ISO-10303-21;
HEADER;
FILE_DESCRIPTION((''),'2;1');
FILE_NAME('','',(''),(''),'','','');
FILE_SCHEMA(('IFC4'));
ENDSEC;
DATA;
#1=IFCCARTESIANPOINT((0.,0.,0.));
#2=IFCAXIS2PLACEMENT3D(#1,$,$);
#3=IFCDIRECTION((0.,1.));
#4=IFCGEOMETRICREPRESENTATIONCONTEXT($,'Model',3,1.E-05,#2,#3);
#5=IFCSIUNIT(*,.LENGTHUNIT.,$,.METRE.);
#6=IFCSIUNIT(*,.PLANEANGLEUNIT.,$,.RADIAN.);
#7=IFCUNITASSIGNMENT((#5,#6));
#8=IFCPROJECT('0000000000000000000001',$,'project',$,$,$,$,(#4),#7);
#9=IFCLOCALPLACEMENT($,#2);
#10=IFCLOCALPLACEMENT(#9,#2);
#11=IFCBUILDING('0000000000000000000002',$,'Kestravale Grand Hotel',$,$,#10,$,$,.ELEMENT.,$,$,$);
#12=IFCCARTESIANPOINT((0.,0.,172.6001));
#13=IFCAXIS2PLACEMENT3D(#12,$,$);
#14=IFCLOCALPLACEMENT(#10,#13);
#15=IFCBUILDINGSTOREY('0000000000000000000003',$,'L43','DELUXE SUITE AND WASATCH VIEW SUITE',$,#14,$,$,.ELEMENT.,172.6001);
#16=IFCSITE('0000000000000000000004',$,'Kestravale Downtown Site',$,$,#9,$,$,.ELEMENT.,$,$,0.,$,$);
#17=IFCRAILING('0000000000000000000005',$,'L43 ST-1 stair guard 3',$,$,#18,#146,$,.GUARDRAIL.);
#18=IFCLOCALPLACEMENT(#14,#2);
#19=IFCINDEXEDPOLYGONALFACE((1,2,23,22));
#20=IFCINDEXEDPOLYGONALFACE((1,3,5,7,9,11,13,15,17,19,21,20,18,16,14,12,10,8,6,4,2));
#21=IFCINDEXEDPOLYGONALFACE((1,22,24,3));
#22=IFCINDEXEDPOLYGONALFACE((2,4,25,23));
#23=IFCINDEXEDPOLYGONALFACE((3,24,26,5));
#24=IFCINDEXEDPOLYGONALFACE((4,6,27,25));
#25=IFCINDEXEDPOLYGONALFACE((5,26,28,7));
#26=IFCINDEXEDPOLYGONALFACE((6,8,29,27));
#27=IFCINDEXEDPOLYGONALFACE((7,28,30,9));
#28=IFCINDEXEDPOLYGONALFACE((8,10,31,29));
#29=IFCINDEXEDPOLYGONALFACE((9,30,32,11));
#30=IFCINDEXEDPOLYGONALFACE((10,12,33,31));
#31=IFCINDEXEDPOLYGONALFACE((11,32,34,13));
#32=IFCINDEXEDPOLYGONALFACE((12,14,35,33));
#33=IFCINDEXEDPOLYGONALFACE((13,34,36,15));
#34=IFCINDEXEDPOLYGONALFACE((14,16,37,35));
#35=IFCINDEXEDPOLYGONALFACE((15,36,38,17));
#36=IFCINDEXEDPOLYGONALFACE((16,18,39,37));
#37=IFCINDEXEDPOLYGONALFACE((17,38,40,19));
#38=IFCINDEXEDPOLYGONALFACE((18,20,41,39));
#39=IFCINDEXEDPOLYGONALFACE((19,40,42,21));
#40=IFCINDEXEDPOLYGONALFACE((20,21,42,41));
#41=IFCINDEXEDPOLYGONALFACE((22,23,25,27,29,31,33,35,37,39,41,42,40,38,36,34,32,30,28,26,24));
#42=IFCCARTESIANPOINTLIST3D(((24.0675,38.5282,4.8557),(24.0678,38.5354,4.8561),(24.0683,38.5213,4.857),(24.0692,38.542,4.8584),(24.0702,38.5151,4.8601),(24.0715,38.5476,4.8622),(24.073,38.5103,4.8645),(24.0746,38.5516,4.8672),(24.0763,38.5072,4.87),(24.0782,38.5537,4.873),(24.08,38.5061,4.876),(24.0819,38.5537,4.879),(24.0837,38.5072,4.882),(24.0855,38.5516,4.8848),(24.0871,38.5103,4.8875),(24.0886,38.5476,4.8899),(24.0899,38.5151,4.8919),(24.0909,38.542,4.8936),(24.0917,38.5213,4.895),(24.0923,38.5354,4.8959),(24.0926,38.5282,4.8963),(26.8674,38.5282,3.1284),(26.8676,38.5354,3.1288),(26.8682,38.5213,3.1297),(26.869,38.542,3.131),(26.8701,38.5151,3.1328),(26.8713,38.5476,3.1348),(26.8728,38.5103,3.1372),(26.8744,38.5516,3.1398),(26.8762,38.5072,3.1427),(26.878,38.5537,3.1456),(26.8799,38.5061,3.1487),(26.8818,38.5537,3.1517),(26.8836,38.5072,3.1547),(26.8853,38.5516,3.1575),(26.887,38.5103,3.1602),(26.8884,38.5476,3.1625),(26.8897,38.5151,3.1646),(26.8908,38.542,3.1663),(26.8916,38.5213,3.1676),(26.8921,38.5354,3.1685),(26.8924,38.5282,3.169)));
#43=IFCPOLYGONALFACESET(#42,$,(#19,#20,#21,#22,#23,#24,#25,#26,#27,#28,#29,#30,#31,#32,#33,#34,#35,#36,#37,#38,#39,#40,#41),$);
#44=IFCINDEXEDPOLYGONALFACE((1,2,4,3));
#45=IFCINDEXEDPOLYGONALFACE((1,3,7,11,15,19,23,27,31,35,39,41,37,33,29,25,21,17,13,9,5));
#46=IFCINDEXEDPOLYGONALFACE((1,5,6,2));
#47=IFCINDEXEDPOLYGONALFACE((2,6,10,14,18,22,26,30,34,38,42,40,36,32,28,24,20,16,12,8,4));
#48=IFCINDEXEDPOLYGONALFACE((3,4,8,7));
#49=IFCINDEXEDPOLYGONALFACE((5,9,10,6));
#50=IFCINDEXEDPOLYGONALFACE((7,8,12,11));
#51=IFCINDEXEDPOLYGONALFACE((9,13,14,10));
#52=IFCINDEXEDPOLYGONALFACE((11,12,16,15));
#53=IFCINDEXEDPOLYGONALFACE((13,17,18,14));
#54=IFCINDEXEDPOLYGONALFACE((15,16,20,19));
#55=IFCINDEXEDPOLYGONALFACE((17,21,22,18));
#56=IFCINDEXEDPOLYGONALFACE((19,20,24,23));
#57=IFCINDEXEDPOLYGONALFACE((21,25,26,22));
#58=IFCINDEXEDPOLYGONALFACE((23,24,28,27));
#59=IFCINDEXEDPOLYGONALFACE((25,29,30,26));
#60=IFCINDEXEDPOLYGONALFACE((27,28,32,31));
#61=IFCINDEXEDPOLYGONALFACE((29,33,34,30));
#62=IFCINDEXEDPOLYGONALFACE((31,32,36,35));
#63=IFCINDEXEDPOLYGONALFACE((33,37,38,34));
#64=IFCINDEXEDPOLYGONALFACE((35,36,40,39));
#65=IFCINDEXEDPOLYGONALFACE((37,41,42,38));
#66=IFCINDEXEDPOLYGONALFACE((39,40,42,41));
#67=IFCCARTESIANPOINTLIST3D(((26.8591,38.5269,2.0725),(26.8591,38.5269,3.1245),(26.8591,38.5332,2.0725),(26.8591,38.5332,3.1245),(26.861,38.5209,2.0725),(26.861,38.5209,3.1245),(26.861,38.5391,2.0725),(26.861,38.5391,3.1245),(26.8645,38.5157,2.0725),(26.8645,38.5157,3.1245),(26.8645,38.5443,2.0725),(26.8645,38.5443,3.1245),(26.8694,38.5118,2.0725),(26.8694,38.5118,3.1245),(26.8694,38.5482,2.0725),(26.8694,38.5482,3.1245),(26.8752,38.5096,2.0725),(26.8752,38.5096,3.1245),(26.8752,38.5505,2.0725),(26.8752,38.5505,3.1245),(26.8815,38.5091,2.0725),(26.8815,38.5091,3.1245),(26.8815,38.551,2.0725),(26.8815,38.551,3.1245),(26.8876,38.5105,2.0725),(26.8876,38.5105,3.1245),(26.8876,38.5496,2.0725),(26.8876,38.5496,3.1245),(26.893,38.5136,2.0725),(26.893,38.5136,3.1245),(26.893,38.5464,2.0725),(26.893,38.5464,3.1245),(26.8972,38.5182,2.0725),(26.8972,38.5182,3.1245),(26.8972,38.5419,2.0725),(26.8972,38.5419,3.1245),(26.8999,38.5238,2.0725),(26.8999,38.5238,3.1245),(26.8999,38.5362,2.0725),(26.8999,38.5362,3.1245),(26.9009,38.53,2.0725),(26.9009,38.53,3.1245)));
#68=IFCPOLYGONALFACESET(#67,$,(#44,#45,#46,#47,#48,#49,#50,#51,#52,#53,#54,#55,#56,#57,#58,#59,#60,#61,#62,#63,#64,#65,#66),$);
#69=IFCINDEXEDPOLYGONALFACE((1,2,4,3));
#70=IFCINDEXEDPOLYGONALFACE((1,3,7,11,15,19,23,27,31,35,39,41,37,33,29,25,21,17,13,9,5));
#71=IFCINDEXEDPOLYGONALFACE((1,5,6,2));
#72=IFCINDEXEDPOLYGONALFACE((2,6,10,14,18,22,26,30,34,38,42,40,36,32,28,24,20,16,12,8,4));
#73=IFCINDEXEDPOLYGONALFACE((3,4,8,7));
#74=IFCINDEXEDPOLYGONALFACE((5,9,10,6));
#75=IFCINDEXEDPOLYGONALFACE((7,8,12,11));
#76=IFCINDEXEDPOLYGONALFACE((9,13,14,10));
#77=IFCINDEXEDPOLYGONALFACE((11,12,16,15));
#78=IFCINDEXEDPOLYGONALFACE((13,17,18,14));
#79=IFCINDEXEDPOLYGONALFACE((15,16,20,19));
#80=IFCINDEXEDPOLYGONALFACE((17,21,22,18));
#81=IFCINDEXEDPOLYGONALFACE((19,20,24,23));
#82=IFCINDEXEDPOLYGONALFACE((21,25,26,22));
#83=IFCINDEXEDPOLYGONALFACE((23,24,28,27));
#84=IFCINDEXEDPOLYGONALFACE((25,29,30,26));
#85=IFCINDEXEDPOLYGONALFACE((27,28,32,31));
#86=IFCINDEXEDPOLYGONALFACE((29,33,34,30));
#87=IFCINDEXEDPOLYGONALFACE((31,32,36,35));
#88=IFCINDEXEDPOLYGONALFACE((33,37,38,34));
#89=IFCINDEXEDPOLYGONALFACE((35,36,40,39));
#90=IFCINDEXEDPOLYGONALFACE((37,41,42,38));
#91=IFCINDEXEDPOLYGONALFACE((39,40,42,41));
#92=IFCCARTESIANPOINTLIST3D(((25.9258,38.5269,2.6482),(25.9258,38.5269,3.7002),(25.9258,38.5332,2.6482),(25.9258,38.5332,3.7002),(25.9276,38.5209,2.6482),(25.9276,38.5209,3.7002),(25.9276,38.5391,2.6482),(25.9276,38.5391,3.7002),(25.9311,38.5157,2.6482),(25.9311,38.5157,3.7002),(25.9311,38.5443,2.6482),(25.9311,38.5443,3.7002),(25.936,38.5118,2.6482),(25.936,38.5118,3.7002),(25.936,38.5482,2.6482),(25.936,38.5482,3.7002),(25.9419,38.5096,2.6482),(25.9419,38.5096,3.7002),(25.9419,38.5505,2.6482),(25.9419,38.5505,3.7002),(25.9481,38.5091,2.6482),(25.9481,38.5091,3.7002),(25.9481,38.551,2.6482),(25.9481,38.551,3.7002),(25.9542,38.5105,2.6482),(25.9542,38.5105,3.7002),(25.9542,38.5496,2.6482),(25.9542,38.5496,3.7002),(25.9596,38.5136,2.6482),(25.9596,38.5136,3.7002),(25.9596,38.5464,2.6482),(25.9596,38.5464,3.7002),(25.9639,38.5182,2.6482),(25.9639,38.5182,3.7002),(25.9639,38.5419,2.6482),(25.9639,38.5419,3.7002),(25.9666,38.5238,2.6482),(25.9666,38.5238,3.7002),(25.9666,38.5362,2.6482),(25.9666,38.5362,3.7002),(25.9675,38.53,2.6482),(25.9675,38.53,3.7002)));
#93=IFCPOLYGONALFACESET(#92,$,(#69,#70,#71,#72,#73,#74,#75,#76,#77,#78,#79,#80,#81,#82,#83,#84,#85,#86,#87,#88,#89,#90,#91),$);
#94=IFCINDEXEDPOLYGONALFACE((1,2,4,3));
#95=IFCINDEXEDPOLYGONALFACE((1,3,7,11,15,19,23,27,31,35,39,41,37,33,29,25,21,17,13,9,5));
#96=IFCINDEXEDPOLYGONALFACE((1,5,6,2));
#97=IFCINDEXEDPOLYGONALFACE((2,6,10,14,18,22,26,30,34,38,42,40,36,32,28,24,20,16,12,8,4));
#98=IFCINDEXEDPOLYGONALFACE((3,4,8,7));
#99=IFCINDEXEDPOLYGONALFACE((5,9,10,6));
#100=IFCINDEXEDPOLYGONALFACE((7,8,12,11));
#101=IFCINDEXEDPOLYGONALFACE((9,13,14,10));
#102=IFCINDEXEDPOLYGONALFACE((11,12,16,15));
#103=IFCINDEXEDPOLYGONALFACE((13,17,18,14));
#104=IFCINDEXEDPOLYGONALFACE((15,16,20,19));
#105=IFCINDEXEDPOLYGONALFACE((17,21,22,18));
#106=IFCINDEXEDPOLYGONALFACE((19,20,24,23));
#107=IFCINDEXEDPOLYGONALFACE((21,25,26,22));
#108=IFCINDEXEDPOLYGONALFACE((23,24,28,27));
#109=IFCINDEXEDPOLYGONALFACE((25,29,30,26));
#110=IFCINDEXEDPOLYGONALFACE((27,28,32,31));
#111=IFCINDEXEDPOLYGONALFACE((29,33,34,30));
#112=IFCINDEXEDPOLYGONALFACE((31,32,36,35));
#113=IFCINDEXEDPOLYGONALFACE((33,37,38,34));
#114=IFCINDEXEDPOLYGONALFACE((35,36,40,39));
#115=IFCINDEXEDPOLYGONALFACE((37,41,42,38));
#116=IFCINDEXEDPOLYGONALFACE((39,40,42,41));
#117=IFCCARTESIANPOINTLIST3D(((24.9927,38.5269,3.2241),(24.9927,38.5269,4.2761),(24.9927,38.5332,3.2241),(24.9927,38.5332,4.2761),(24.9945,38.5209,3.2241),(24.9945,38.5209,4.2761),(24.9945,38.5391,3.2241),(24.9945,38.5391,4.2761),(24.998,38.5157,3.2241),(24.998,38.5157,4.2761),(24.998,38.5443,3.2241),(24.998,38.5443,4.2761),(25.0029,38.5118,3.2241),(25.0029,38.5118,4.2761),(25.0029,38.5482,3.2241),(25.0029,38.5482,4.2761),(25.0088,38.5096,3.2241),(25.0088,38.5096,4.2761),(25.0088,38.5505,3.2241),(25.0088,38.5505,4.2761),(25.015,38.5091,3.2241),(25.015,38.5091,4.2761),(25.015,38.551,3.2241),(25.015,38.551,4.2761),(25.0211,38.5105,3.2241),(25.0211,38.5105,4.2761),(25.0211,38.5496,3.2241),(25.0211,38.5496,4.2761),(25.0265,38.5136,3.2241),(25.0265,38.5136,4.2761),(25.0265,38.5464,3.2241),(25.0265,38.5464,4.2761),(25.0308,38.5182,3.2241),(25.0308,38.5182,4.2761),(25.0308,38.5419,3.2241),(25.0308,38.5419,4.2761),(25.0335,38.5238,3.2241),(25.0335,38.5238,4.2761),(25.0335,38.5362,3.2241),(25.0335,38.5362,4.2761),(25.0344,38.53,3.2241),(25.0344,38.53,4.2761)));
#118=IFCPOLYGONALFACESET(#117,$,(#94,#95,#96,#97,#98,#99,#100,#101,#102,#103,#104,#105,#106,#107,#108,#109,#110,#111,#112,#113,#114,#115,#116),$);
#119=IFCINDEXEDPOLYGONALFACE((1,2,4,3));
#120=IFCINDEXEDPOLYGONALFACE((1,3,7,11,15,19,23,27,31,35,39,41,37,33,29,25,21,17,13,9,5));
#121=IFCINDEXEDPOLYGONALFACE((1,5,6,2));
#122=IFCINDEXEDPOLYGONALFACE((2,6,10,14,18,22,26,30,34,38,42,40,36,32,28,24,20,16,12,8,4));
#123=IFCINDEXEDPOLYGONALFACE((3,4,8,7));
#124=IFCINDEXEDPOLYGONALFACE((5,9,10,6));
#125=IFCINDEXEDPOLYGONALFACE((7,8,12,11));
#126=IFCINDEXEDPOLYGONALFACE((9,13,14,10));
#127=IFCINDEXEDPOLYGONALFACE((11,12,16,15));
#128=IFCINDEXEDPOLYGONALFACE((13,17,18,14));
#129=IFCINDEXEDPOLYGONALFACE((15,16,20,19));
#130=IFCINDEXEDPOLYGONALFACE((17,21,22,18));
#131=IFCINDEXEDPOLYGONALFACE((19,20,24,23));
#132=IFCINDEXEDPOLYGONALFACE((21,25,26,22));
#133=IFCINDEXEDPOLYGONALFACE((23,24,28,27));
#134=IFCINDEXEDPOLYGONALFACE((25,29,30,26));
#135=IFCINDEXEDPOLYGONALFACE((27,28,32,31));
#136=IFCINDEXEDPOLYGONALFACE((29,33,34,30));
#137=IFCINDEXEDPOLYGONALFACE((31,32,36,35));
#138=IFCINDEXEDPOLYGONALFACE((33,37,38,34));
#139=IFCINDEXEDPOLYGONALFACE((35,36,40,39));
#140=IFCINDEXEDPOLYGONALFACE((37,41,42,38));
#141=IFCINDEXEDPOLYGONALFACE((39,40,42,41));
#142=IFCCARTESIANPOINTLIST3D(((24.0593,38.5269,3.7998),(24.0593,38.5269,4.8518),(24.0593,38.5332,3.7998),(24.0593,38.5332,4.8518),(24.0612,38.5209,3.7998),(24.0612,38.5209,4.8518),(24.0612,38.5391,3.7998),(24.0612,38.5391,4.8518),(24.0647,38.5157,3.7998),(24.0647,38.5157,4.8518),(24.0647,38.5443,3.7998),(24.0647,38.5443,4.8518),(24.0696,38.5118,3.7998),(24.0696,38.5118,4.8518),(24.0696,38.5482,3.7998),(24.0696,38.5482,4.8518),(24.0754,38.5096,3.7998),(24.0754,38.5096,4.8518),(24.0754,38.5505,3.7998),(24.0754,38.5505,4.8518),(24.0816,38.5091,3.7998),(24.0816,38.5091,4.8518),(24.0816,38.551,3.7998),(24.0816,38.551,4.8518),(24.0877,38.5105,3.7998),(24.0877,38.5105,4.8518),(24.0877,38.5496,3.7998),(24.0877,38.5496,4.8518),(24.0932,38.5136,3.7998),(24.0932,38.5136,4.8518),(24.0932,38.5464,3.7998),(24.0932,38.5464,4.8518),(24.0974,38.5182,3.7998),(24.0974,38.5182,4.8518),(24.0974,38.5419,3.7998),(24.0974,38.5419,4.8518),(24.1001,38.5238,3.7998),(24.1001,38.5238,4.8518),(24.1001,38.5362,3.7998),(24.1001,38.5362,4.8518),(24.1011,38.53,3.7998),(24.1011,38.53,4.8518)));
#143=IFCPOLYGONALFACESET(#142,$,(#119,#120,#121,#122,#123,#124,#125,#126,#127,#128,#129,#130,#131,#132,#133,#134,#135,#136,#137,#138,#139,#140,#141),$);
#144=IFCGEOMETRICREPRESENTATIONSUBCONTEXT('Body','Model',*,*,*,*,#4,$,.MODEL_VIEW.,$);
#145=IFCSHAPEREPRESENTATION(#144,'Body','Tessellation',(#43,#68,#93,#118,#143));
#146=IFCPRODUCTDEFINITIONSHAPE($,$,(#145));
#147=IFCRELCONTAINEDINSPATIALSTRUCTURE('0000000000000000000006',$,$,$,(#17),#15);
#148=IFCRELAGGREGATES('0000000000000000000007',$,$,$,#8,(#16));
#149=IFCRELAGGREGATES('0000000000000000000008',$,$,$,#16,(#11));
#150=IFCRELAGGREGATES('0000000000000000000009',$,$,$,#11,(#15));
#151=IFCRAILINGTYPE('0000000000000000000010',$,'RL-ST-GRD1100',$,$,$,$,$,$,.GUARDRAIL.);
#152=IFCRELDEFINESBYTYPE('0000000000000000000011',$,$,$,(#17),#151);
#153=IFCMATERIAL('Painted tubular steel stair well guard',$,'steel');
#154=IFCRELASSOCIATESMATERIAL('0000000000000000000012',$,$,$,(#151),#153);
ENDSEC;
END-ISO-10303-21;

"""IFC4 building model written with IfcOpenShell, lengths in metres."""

from ifc_helpers import new_model, si_unit, direction, frame, origin, origin_2d, place, context, subcontext, project, spatial, circle, extrude, material, type_object, element, save


model = new_model("IFC4")

# Units and contexts
model_context = context("Model", 3, precision=1e-05, world=origin(), true_north=direction((0.0, 1.0)))
body_context = subcontext(model_context, "Body", "Model", "MODEL_VIEW")
ifc_project = project(units=[si_unit("LENGTHUNIT", "METRE"), si_unit("PLANEANGLEUNIT", "RADIAN")], contexts=[model_context])

# Site, building, storey
site_placement = place(None, origin())
site = spatial("IfcSite", under=ifc_project, at=site_placement, Name="Kestravale Downtown Site", CompositionType="ELEMENT", RefElevation=0.0)
building_placement = place(site_placement, origin())
building = spatial("IfcBuilding", under=site, at=building_placement, Name="Kestravale Grand Hotel", CompositionType="ELEMENT")
storey_placement = place(building_placement, frame((0.0, 0.0, 172.6001)))
storey = spatial("IfcBuildingStorey", under=building, at=storey_placement, Name="L43", Description="DELUXE SUITE AND WASATCH VIEW SUITE", CompositionType="ELEMENT", Elevation=172.6001)

# Railing
ifc_material_1 = material(Name="Painted tubular steel stair well guard", Category="steel")
railing_type_1 = type_object("IfcRailingType", Name="RL-ST-GRD1100", PredefinedType="GUARDRAIL", material=ifc_material_1)
railing_1_placement = place(storey_placement, frame((26.8799, 38.53, 2.0725)))
element("IfcRailing", 1, at=railing_1_placement, inside=storey, type_object=railing_type_1, Name="L43 ST-1 stair guard 3", PredefinedType="GUARDRAIL", context=body_context, shape_type="SweptSolid", body=[
    extrude(circle(Radius=0.0239, at=origin_2d()), frame((0.0, 0.0, 1.0762), z_axis=(-0.851069, 0.0, 0.525054), x_axis=(0.0, -1.0, 0.0)), (0.0, 0.0, 1.0), 3.2898),
    extrude(circle(Radius=0.021, at=origin_2d()), origin(), (0.0, 0.0, 1.0), 1.052),
    extrude(circle(Radius=0.021, at=origin_2d()), frame((-0.9333, 0.0, 0.5757)), (0.0, 0.0, 1.0), 1.052),
    extrude(circle(Radius=0.021, at=origin_2d()), frame((-1.8665, 0.0, 1.1516)), (0.0, 0.0, 1.0), 1.052),
    extrude(circle(Radius=0.021, at=origin_2d()), frame((-2.7998, 0.0, 1.7273)), (0.0, 0.0, 1.0), 1.052),
])

save(model, "model.ifc")
